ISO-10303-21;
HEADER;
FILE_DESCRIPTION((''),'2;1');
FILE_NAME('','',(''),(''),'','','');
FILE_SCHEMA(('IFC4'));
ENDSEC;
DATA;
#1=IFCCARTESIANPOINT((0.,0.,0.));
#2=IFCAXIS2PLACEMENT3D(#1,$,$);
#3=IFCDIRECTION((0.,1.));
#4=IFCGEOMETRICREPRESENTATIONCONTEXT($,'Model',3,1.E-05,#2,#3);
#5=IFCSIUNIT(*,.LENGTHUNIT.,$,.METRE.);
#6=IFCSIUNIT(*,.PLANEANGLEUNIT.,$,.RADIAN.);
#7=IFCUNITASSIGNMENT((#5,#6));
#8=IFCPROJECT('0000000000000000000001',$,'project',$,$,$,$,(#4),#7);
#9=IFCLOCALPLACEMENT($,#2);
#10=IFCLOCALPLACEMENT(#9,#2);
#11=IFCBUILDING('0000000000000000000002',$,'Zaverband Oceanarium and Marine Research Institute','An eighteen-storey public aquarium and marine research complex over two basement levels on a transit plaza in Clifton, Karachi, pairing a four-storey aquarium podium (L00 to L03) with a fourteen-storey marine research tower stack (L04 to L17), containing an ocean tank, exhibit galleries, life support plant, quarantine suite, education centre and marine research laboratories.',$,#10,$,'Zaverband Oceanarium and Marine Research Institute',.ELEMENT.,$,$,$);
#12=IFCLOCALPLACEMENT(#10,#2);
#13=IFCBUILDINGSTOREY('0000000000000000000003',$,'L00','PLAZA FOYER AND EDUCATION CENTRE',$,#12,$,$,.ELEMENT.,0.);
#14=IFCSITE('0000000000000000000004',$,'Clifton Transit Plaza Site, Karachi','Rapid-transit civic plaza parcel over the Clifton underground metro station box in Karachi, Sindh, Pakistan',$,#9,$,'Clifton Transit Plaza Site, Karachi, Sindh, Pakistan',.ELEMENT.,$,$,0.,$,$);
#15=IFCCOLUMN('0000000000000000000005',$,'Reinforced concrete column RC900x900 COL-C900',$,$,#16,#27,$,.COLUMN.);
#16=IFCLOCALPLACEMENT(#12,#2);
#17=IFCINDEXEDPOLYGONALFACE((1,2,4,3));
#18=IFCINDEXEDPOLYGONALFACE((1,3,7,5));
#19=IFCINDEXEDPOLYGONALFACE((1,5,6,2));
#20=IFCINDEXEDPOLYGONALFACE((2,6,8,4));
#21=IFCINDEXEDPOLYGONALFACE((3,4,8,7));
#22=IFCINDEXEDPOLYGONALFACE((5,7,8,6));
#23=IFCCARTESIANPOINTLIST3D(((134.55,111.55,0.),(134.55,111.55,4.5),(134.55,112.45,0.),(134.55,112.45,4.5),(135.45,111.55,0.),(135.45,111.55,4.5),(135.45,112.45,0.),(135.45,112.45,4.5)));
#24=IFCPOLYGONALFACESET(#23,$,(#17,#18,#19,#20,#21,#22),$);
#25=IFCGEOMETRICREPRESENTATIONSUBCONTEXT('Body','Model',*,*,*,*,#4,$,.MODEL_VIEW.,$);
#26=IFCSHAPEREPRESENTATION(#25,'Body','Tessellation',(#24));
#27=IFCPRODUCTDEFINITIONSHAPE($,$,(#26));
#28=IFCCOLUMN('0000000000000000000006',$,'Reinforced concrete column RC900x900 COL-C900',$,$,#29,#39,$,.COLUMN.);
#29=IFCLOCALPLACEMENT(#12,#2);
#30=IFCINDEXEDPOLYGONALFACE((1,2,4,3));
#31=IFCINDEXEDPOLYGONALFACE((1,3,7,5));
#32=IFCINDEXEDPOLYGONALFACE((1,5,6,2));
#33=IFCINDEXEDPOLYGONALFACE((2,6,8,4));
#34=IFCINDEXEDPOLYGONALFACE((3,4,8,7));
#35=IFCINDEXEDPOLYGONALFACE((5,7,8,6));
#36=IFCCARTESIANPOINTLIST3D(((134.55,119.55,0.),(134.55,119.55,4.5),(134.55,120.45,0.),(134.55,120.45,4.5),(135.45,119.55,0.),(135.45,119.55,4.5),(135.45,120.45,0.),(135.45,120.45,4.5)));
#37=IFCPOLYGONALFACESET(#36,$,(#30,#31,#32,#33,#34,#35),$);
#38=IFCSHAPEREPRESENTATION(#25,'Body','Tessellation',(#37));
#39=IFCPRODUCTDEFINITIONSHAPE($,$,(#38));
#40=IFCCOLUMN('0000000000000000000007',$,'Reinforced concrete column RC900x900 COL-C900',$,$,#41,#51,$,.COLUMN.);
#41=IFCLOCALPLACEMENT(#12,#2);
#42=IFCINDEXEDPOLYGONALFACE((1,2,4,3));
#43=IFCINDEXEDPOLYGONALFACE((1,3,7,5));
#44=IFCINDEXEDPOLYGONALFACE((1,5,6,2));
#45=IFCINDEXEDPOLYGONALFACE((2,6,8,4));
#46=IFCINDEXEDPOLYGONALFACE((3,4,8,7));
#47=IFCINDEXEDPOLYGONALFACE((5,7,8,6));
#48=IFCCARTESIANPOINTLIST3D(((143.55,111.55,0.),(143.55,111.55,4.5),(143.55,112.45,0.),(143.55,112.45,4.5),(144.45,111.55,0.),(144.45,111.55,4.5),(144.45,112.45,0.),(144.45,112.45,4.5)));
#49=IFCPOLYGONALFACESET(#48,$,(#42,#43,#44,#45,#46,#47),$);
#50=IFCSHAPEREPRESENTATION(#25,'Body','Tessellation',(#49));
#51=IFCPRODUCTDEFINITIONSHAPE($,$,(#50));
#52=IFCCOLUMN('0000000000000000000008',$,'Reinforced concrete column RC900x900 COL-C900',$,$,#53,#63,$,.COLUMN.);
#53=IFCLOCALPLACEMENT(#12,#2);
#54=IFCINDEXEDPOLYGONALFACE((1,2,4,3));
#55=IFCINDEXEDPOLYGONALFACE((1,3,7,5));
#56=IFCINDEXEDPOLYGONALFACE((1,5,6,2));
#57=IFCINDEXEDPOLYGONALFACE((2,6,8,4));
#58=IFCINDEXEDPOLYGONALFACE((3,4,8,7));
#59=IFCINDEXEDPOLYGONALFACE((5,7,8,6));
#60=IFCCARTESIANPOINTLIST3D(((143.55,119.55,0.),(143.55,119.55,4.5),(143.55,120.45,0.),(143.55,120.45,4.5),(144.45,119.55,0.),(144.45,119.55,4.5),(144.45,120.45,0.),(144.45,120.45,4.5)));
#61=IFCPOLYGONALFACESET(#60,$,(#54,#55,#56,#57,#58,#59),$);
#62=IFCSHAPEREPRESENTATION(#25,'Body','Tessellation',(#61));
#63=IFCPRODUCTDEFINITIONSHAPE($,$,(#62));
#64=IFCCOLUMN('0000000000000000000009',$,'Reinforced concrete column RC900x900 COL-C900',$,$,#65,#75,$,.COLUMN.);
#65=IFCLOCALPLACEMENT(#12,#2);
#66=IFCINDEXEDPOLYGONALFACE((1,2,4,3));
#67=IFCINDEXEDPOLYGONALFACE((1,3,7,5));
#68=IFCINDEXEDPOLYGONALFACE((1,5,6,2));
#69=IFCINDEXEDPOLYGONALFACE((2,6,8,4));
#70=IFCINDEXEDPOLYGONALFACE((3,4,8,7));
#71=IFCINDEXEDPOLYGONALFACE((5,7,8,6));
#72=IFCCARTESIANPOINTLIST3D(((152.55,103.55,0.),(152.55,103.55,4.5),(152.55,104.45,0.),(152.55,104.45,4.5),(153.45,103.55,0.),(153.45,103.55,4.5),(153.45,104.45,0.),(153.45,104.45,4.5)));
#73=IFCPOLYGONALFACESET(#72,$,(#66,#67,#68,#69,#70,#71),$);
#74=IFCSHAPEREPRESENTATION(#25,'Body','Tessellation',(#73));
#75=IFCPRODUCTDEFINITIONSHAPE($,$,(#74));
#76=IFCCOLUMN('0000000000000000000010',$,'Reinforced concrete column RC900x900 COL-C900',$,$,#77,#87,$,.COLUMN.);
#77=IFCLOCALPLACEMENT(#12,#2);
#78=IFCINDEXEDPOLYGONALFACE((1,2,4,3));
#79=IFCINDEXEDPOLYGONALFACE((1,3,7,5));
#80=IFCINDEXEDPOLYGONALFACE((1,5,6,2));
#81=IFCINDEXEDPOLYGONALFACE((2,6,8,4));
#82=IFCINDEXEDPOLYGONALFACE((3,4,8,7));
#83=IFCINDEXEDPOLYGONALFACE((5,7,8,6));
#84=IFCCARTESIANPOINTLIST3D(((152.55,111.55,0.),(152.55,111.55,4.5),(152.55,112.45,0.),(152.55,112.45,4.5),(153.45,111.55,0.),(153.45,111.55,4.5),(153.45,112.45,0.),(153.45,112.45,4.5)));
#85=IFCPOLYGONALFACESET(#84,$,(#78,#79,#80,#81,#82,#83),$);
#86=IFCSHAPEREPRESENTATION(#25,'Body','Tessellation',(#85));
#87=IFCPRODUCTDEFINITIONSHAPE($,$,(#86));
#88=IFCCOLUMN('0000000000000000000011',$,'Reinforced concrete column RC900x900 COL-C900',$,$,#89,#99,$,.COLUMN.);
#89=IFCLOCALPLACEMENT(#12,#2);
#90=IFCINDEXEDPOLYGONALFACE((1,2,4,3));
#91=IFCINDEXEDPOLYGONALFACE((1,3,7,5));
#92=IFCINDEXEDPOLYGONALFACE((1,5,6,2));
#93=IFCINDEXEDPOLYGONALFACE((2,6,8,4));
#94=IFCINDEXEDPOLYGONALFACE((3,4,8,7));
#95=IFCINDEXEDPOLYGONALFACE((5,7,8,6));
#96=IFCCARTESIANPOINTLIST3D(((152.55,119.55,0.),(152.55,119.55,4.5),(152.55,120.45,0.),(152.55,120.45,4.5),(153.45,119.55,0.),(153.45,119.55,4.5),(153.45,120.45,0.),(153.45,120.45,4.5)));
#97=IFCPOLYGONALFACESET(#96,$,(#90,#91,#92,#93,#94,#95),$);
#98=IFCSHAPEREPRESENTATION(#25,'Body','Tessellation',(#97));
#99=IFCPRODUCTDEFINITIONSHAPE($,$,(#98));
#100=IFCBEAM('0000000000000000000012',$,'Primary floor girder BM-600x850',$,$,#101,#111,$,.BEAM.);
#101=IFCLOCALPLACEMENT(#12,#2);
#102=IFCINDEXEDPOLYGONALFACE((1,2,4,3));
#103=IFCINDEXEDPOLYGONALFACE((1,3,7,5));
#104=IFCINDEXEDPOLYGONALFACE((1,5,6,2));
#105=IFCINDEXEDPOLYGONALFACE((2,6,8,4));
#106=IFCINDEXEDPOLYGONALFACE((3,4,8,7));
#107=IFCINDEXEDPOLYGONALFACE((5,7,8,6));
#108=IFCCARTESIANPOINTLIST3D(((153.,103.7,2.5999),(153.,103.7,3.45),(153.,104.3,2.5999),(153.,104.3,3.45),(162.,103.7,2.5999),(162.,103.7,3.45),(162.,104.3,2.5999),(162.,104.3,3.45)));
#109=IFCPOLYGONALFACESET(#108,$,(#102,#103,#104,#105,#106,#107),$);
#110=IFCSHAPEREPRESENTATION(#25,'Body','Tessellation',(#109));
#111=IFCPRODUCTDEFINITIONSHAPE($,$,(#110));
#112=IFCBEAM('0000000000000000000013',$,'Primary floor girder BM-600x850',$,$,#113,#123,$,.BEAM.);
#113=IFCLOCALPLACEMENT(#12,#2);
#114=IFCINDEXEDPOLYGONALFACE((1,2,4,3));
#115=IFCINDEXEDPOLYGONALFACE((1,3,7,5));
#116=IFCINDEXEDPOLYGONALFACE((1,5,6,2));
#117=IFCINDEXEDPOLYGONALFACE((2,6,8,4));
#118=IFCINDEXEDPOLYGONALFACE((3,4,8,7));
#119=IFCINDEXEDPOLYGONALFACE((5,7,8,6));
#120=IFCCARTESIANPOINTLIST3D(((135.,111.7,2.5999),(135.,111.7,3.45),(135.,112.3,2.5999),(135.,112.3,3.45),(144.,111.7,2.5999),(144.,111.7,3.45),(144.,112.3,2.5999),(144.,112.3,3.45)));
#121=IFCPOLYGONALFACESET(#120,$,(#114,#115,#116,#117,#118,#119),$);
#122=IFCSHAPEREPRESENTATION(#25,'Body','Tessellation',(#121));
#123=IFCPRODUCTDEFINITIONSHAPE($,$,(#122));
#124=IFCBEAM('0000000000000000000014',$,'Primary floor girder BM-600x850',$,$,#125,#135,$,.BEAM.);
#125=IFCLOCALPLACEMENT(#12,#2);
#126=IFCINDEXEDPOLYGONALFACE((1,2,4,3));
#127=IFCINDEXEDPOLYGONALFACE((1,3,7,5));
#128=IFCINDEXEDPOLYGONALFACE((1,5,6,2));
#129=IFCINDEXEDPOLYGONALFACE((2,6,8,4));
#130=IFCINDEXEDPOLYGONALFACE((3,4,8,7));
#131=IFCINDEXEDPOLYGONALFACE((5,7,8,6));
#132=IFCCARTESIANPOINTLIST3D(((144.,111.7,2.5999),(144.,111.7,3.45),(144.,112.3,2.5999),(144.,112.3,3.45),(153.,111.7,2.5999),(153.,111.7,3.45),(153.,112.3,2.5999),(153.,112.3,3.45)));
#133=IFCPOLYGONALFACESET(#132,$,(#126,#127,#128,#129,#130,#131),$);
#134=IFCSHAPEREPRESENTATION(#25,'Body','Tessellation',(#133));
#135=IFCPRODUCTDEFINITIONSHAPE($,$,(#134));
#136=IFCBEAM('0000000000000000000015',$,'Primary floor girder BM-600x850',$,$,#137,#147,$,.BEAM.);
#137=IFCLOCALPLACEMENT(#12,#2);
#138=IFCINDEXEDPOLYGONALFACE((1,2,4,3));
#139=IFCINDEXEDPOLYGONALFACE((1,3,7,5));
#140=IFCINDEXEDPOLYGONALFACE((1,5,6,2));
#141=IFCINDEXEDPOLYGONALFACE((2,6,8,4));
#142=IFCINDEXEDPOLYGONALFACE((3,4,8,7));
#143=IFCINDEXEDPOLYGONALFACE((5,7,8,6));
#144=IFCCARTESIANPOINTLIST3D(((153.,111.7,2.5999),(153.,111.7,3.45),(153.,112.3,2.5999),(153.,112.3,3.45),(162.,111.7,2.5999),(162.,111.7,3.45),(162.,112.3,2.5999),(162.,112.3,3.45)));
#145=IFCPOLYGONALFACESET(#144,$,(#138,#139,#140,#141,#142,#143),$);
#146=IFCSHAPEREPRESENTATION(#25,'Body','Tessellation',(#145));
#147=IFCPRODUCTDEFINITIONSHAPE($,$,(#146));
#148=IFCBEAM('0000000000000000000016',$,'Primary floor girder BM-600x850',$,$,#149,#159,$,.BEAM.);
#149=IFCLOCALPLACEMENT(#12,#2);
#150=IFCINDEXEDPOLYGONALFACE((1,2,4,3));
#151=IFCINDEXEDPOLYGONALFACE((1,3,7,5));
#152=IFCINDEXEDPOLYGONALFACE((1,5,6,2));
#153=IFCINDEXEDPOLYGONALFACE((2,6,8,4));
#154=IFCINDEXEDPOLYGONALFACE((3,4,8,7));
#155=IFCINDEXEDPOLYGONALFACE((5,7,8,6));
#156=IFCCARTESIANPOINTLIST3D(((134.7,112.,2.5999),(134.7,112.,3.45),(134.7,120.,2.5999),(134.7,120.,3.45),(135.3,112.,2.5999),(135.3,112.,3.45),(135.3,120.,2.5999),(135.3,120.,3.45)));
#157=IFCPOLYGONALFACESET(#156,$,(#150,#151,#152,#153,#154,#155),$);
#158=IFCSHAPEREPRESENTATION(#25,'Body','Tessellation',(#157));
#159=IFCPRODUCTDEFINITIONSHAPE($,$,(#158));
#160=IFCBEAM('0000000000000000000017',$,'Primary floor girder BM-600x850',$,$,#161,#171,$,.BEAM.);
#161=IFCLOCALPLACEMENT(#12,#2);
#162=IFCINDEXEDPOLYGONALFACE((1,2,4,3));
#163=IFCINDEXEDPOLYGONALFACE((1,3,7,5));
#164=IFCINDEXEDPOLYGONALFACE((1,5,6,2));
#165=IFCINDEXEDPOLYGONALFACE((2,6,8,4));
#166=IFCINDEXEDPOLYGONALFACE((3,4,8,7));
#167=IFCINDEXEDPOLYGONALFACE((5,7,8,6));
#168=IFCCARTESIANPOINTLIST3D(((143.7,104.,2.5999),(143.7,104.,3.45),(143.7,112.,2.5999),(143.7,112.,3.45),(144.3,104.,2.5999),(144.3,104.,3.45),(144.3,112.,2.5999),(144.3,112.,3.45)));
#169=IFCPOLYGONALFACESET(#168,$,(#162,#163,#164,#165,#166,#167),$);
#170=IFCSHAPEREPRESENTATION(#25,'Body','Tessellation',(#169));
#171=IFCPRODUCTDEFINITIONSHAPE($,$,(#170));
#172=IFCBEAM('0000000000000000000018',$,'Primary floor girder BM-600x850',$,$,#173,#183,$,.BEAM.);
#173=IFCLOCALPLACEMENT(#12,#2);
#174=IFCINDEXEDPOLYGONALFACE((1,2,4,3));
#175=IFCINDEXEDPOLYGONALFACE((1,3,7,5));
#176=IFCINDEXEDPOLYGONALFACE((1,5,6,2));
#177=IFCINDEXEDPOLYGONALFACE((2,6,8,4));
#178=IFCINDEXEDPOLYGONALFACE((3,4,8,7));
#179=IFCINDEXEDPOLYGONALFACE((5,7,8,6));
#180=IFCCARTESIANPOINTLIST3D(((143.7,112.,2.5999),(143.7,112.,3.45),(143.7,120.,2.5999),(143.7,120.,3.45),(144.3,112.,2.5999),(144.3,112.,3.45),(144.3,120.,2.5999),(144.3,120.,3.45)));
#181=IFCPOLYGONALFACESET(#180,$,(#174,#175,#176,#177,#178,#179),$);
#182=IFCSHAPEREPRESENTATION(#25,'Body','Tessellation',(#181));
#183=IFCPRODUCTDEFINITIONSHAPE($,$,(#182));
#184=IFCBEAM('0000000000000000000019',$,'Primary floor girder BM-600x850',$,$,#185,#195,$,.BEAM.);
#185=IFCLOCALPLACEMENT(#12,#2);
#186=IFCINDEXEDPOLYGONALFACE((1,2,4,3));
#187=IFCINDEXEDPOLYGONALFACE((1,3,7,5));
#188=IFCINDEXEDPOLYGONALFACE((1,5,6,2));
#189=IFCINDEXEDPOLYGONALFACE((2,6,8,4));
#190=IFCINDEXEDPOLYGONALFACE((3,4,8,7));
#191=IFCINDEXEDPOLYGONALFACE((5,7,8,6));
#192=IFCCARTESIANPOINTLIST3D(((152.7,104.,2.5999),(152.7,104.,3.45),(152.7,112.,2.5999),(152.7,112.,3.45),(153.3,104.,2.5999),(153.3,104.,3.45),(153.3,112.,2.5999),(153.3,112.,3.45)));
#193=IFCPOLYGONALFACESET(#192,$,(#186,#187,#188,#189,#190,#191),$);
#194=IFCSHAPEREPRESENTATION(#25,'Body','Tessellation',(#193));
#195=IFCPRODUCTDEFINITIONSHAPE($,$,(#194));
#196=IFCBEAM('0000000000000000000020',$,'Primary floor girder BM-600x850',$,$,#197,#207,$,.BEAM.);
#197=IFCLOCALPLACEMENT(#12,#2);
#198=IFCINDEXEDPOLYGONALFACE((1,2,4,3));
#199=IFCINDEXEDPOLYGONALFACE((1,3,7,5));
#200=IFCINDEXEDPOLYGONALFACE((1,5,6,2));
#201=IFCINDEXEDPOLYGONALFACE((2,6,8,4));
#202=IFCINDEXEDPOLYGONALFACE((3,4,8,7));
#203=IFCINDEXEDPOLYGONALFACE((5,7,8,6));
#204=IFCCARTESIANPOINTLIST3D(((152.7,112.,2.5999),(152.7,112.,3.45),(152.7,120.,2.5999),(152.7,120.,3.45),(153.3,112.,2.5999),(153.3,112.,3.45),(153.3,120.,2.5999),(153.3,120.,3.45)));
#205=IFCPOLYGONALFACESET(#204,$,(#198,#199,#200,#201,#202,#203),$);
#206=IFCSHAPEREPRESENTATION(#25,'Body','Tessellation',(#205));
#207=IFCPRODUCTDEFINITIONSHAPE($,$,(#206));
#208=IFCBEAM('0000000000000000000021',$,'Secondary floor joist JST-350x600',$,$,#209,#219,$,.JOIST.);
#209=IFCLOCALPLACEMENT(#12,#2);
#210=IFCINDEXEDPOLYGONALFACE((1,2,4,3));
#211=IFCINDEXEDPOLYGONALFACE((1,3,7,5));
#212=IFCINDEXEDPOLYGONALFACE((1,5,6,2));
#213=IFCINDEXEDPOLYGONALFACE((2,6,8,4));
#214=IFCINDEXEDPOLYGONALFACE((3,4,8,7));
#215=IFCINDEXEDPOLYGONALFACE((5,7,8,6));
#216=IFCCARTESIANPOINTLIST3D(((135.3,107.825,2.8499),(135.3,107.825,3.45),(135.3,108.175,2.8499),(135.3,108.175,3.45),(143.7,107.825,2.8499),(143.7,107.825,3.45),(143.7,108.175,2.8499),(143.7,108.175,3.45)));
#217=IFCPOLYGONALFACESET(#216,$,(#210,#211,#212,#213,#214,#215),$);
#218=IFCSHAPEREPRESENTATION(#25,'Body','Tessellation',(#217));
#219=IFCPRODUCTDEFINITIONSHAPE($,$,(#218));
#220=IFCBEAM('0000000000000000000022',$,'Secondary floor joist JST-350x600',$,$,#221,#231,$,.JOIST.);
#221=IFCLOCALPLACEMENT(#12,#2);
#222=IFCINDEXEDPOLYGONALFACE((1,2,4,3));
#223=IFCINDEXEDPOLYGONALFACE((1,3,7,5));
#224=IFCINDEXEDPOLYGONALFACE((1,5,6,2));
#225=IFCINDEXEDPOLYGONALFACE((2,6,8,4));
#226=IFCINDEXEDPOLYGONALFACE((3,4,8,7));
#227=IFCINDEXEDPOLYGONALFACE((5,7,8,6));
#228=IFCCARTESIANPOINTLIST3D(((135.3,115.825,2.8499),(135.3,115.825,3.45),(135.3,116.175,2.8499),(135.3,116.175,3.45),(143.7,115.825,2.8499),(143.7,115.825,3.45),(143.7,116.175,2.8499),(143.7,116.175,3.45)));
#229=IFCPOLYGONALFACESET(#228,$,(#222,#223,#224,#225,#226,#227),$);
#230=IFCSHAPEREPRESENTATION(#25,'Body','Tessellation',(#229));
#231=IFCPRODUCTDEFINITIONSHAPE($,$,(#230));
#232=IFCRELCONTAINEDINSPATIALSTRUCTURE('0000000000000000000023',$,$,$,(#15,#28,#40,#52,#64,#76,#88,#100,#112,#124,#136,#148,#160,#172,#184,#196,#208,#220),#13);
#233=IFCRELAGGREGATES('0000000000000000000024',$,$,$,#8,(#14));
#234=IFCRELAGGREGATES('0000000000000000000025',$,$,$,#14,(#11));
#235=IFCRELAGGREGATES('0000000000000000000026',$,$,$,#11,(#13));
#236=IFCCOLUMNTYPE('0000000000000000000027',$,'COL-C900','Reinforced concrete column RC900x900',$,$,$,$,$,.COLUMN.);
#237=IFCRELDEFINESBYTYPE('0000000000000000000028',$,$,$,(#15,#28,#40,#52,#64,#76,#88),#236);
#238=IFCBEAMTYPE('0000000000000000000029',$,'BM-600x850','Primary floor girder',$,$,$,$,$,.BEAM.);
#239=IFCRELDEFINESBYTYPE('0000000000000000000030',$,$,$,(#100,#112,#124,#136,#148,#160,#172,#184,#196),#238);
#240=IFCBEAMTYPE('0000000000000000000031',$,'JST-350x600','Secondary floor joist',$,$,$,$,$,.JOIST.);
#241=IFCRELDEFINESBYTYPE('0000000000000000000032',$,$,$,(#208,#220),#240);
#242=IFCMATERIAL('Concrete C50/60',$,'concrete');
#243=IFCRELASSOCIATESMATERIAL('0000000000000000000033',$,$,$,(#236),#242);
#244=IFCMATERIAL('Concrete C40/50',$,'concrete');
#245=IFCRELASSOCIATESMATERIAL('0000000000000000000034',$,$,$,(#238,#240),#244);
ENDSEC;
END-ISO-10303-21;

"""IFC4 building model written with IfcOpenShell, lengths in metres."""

from ifc_helpers import new_model, si_unit, direction, frame, origin, origin_2d, place, context, subcontext, project, spatial, rectangle, extrude, material, material_profile, profile_set, type_object, element, save


model = new_model("IFC4")

# Units and contexts
model_context = context("Model", 3, precision=1e-05, world=origin(), true_north=direction((0.0, 1.0)))
body_context = subcontext(model_context, "Body", "Model", "MODEL_VIEW")
ifc_project = project(units=[si_unit("LENGTHUNIT", "METRE"), si_unit("PLANEANGLEUNIT", "RADIAN")], contexts=[model_context])

# Site, building, storey
site_placement = place(None, origin())
site = spatial("IfcSite", under=ifc_project, at=site_placement, Name="Clifton Transit Plaza Site, Karachi", Description="Rapid-transit civic plaza parcel over the Clifton underground metro station box in Karachi, Sindh, Pakistan", LongName="Clifton Transit Plaza Site, Karachi, Sindh, Pakistan", CompositionType="ELEMENT", RefElevation=0.0)
building_placement = place(site_placement, origin())
building = spatial("IfcBuilding", under=site, at=building_placement, Name="Zaverband Oceanarium and Marine Research Institute", Description="An eighteen-storey public aquarium and marine research complex over two basement levels on a transit plaza in Clifton, Karachi, pairing a four-storey aquarium podium (L00 to L03) with a fourteen-storey marine research tower stack (L04 to L17), containing an ocean tank, exhibit galleries, life support plant, quarantine suite, education centre and marine research laboratories.", LongName="Zaverband Oceanarium and Marine Research Institute", CompositionType="ELEMENT")
storey_placement = place(building_placement, origin())
storey = spatial("IfcBuildingStorey", under=building, at=storey_placement, Name="L00", Description="PLAZA FOYER AND EDUCATION CENTRE", CompositionType="ELEMENT", Elevation=0.0)

# Columns
ifc_material_1 = material(Name="Concrete C50/60", Category="concrete")
ifc_material_profile_1 = material_profile(ifc_material_1, rectangle(XDim=0.8999, YDim=0.8999, at=origin_2d()), Name="RC900x900")
ifc_profile_set_1 = profile_set([ifc_material_profile_1], Name="Concrete C50/60")
column_type = type_object("IfcColumnType", Name="COL-C900", Description="Reinforced concrete column RC900x900", PredefinedType="COLUMN", material=ifc_profile_set_1)
for number, where, z_axis, x_axis, name in (
    (1, (135.0, 112.0, 0.0), (0.0, 0.0, 1.0), (1.0, 0.0, 0.0), "Reinforced concrete column RC900x900 COL-C900"),
    (2, (135.0, 120.0, 0.0), (0.0, 0.0, 1.0), (1.0, 0.0, 0.0), "Reinforced concrete column RC900x900 COL-C900"),
    (3, (144.0, 112.0, 0.0), (0.0, 0.0, 1.0), (1.0, 0.0, 0.0), "Reinforced concrete column RC900x900 COL-C900"),
    (4, (144.0, 120.0, 0.0), (0.0, 0.0, 1.0), (1.0, 0.0, 0.0), "Reinforced concrete column RC900x900 COL-C900"),
    (5, (153.0, 104.0, 0.0), (0.0, 0.0, 1.0), (1.0, 0.0, 0.0), "Reinforced concrete column RC900x900 COL-C900"),
    (6, (153.0, 112.0, 0.0), (0.0, 0.0, 1.0), (1.0, 0.0, 0.0), "Reinforced concrete column RC900x900 COL-C900"),
    (7, (153.0, 120.0, 0.0), (0.0, 0.0, 1.0), (1.0, 0.0, 0.0), "Reinforced concrete column RC900x900 COL-C900"),
):
    element("IfcColumn", number, at=place(storey_placement, frame(where, z_axis=z_axis, x_axis=x_axis)), inside=storey, type_object=column_type, Name=name, PredefinedType="COLUMN", context=body_context, shape_type="SweptSolid", body=[
        extrude(rectangle(XDim=0.8999, YDim=0.8999, at=origin_2d()), origin(), (0.0, 0.0, 1.0), 4.5),
    ])

# Beams
ifc_material_2 = material(Name="Concrete C40/50", Category="concrete")
ifc_material_profile_2 = material_profile(ifc_material_2, rectangle(XDim=0.6001, YDim=0.8501, at=origin_2d()), Name="RC600x850")
ifc_profile_set_2 = profile_set([ifc_material_profile_2], Name="Concrete C40/50")
beam_type_1 = type_object("IfcBeamType", Name="BM-600x850", Description="Primary floor girder", PredefinedType="BEAM", material=ifc_profile_set_2)
for number, where, z_axis, x_axis, name in (
    (8, (153.0, 104.0, 3.0249), (1.0, 0.0, 0.0), (0.0, 1.0, 0.0), "Primary floor girder BM-600x850"),
    (9, (135.0, 112.0, 3.0249), (1.0, 0.0, 0.0), (0.0, 1.0, 0.0), "Primary floor girder BM-600x850"),
    (10, (144.0, 112.0, 3.0249), (1.0, 0.0, 0.0), (0.0, 1.0, 0.0), "Primary floor girder BM-600x850"),
    (11, (153.0, 112.0, 3.0249), (1.0, 0.0, 0.0), (0.0, 1.0, 0.0), "Primary floor girder BM-600x850"),
):
    element("IfcBeam", number, at=place(storey_placement, frame(where, z_axis=z_axis, x_axis=x_axis)), inside=storey, type_object=beam_type_1, Name=name, PredefinedType="BEAM", context=body_context, shape_type="SweptSolid", body=[
        extrude(rectangle(XDim=0.6001, YDim=0.8501, at=origin_2d()), origin(), (0.0, 0.0, 1.0), 9.0),
    ])
for number, where, z_axis, x_axis, name in (
    (12, (135.0, 112.0, 3.0249), (0.0, 1.0, 0.0), (-1.0, 0.0, 0.0), "Primary floor girder BM-600x850"),
    (13, (144.0, 104.0, 3.0249), (0.0, 1.0, 0.0), (-1.0, 0.0, 0.0), "Primary floor girder BM-600x850"),
    (14, (144.0, 112.0, 3.0249), (0.0, 1.0, 0.0), (-1.0, 0.0, 0.0), "Primary floor girder BM-600x850"),
    (15, (153.0, 104.0, 3.0249), (0.0, 1.0, 0.0), (-1.0, 0.0, 0.0), "Primary floor girder BM-600x850"),
    (16, (153.0, 112.0, 3.0249), (0.0, 1.0, 0.0), (-1.0, 0.0, 0.0), "Primary floor girder BM-600x850"),
):
    element("IfcBeam", number, at=place(storey_placement, frame(where, z_axis=z_axis, x_axis=x_axis)), inside=storey, type_object=beam_type_1, Name=name, PredefinedType="BEAM", context=body_context, shape_type="SweptSolid", body=[
        extrude(rectangle(XDim=0.6001, YDim=0.8501, at=origin_2d()), origin(), (0.0, 0.0, 1.0), 8.0),
    ])
ifc_material_profile_3 = material_profile(ifc_material_2, rectangle(XDim=0.3501, YDim=0.6001, at=origin_2d()), Name="RC350x600")
ifc_profile_set_3 = profile_set([ifc_material_profile_3], Name="Concrete C40/50")
beam_type_2 = type_object("IfcBeamType", Name="JST-350x600", Description="Secondary floor joist", PredefinedType="JOIST", material=ifc_profile_set_3)
for number, where, z_axis, x_axis, name in (
    (17, (135.3, 108.0, 3.1499), (1.0, 0.0, 0.0), (0.0, 1.0, 0.0), "Secondary floor joist JST-350x600"),
    (18, (135.3, 116.0, 3.1499), (1.0, 0.0, 0.0), (0.0, 1.0, 0.0), "Secondary floor joist JST-350x600"),
):
    element("IfcBeam", number, at=place(storey_placement, frame(where, z_axis=z_axis, x_axis=x_axis)), inside=storey, type_object=beam_type_2, Name=name, PredefinedType="JOIST", context=body_context, shape_type="SweptSolid", body=[
        extrude(rectangle(XDim=0.3501, YDim=0.6001, at=origin_2d()), origin(), (0.0, 0.0, 1.0), 8.3999),
    ])

save(model, "model.ifc")
